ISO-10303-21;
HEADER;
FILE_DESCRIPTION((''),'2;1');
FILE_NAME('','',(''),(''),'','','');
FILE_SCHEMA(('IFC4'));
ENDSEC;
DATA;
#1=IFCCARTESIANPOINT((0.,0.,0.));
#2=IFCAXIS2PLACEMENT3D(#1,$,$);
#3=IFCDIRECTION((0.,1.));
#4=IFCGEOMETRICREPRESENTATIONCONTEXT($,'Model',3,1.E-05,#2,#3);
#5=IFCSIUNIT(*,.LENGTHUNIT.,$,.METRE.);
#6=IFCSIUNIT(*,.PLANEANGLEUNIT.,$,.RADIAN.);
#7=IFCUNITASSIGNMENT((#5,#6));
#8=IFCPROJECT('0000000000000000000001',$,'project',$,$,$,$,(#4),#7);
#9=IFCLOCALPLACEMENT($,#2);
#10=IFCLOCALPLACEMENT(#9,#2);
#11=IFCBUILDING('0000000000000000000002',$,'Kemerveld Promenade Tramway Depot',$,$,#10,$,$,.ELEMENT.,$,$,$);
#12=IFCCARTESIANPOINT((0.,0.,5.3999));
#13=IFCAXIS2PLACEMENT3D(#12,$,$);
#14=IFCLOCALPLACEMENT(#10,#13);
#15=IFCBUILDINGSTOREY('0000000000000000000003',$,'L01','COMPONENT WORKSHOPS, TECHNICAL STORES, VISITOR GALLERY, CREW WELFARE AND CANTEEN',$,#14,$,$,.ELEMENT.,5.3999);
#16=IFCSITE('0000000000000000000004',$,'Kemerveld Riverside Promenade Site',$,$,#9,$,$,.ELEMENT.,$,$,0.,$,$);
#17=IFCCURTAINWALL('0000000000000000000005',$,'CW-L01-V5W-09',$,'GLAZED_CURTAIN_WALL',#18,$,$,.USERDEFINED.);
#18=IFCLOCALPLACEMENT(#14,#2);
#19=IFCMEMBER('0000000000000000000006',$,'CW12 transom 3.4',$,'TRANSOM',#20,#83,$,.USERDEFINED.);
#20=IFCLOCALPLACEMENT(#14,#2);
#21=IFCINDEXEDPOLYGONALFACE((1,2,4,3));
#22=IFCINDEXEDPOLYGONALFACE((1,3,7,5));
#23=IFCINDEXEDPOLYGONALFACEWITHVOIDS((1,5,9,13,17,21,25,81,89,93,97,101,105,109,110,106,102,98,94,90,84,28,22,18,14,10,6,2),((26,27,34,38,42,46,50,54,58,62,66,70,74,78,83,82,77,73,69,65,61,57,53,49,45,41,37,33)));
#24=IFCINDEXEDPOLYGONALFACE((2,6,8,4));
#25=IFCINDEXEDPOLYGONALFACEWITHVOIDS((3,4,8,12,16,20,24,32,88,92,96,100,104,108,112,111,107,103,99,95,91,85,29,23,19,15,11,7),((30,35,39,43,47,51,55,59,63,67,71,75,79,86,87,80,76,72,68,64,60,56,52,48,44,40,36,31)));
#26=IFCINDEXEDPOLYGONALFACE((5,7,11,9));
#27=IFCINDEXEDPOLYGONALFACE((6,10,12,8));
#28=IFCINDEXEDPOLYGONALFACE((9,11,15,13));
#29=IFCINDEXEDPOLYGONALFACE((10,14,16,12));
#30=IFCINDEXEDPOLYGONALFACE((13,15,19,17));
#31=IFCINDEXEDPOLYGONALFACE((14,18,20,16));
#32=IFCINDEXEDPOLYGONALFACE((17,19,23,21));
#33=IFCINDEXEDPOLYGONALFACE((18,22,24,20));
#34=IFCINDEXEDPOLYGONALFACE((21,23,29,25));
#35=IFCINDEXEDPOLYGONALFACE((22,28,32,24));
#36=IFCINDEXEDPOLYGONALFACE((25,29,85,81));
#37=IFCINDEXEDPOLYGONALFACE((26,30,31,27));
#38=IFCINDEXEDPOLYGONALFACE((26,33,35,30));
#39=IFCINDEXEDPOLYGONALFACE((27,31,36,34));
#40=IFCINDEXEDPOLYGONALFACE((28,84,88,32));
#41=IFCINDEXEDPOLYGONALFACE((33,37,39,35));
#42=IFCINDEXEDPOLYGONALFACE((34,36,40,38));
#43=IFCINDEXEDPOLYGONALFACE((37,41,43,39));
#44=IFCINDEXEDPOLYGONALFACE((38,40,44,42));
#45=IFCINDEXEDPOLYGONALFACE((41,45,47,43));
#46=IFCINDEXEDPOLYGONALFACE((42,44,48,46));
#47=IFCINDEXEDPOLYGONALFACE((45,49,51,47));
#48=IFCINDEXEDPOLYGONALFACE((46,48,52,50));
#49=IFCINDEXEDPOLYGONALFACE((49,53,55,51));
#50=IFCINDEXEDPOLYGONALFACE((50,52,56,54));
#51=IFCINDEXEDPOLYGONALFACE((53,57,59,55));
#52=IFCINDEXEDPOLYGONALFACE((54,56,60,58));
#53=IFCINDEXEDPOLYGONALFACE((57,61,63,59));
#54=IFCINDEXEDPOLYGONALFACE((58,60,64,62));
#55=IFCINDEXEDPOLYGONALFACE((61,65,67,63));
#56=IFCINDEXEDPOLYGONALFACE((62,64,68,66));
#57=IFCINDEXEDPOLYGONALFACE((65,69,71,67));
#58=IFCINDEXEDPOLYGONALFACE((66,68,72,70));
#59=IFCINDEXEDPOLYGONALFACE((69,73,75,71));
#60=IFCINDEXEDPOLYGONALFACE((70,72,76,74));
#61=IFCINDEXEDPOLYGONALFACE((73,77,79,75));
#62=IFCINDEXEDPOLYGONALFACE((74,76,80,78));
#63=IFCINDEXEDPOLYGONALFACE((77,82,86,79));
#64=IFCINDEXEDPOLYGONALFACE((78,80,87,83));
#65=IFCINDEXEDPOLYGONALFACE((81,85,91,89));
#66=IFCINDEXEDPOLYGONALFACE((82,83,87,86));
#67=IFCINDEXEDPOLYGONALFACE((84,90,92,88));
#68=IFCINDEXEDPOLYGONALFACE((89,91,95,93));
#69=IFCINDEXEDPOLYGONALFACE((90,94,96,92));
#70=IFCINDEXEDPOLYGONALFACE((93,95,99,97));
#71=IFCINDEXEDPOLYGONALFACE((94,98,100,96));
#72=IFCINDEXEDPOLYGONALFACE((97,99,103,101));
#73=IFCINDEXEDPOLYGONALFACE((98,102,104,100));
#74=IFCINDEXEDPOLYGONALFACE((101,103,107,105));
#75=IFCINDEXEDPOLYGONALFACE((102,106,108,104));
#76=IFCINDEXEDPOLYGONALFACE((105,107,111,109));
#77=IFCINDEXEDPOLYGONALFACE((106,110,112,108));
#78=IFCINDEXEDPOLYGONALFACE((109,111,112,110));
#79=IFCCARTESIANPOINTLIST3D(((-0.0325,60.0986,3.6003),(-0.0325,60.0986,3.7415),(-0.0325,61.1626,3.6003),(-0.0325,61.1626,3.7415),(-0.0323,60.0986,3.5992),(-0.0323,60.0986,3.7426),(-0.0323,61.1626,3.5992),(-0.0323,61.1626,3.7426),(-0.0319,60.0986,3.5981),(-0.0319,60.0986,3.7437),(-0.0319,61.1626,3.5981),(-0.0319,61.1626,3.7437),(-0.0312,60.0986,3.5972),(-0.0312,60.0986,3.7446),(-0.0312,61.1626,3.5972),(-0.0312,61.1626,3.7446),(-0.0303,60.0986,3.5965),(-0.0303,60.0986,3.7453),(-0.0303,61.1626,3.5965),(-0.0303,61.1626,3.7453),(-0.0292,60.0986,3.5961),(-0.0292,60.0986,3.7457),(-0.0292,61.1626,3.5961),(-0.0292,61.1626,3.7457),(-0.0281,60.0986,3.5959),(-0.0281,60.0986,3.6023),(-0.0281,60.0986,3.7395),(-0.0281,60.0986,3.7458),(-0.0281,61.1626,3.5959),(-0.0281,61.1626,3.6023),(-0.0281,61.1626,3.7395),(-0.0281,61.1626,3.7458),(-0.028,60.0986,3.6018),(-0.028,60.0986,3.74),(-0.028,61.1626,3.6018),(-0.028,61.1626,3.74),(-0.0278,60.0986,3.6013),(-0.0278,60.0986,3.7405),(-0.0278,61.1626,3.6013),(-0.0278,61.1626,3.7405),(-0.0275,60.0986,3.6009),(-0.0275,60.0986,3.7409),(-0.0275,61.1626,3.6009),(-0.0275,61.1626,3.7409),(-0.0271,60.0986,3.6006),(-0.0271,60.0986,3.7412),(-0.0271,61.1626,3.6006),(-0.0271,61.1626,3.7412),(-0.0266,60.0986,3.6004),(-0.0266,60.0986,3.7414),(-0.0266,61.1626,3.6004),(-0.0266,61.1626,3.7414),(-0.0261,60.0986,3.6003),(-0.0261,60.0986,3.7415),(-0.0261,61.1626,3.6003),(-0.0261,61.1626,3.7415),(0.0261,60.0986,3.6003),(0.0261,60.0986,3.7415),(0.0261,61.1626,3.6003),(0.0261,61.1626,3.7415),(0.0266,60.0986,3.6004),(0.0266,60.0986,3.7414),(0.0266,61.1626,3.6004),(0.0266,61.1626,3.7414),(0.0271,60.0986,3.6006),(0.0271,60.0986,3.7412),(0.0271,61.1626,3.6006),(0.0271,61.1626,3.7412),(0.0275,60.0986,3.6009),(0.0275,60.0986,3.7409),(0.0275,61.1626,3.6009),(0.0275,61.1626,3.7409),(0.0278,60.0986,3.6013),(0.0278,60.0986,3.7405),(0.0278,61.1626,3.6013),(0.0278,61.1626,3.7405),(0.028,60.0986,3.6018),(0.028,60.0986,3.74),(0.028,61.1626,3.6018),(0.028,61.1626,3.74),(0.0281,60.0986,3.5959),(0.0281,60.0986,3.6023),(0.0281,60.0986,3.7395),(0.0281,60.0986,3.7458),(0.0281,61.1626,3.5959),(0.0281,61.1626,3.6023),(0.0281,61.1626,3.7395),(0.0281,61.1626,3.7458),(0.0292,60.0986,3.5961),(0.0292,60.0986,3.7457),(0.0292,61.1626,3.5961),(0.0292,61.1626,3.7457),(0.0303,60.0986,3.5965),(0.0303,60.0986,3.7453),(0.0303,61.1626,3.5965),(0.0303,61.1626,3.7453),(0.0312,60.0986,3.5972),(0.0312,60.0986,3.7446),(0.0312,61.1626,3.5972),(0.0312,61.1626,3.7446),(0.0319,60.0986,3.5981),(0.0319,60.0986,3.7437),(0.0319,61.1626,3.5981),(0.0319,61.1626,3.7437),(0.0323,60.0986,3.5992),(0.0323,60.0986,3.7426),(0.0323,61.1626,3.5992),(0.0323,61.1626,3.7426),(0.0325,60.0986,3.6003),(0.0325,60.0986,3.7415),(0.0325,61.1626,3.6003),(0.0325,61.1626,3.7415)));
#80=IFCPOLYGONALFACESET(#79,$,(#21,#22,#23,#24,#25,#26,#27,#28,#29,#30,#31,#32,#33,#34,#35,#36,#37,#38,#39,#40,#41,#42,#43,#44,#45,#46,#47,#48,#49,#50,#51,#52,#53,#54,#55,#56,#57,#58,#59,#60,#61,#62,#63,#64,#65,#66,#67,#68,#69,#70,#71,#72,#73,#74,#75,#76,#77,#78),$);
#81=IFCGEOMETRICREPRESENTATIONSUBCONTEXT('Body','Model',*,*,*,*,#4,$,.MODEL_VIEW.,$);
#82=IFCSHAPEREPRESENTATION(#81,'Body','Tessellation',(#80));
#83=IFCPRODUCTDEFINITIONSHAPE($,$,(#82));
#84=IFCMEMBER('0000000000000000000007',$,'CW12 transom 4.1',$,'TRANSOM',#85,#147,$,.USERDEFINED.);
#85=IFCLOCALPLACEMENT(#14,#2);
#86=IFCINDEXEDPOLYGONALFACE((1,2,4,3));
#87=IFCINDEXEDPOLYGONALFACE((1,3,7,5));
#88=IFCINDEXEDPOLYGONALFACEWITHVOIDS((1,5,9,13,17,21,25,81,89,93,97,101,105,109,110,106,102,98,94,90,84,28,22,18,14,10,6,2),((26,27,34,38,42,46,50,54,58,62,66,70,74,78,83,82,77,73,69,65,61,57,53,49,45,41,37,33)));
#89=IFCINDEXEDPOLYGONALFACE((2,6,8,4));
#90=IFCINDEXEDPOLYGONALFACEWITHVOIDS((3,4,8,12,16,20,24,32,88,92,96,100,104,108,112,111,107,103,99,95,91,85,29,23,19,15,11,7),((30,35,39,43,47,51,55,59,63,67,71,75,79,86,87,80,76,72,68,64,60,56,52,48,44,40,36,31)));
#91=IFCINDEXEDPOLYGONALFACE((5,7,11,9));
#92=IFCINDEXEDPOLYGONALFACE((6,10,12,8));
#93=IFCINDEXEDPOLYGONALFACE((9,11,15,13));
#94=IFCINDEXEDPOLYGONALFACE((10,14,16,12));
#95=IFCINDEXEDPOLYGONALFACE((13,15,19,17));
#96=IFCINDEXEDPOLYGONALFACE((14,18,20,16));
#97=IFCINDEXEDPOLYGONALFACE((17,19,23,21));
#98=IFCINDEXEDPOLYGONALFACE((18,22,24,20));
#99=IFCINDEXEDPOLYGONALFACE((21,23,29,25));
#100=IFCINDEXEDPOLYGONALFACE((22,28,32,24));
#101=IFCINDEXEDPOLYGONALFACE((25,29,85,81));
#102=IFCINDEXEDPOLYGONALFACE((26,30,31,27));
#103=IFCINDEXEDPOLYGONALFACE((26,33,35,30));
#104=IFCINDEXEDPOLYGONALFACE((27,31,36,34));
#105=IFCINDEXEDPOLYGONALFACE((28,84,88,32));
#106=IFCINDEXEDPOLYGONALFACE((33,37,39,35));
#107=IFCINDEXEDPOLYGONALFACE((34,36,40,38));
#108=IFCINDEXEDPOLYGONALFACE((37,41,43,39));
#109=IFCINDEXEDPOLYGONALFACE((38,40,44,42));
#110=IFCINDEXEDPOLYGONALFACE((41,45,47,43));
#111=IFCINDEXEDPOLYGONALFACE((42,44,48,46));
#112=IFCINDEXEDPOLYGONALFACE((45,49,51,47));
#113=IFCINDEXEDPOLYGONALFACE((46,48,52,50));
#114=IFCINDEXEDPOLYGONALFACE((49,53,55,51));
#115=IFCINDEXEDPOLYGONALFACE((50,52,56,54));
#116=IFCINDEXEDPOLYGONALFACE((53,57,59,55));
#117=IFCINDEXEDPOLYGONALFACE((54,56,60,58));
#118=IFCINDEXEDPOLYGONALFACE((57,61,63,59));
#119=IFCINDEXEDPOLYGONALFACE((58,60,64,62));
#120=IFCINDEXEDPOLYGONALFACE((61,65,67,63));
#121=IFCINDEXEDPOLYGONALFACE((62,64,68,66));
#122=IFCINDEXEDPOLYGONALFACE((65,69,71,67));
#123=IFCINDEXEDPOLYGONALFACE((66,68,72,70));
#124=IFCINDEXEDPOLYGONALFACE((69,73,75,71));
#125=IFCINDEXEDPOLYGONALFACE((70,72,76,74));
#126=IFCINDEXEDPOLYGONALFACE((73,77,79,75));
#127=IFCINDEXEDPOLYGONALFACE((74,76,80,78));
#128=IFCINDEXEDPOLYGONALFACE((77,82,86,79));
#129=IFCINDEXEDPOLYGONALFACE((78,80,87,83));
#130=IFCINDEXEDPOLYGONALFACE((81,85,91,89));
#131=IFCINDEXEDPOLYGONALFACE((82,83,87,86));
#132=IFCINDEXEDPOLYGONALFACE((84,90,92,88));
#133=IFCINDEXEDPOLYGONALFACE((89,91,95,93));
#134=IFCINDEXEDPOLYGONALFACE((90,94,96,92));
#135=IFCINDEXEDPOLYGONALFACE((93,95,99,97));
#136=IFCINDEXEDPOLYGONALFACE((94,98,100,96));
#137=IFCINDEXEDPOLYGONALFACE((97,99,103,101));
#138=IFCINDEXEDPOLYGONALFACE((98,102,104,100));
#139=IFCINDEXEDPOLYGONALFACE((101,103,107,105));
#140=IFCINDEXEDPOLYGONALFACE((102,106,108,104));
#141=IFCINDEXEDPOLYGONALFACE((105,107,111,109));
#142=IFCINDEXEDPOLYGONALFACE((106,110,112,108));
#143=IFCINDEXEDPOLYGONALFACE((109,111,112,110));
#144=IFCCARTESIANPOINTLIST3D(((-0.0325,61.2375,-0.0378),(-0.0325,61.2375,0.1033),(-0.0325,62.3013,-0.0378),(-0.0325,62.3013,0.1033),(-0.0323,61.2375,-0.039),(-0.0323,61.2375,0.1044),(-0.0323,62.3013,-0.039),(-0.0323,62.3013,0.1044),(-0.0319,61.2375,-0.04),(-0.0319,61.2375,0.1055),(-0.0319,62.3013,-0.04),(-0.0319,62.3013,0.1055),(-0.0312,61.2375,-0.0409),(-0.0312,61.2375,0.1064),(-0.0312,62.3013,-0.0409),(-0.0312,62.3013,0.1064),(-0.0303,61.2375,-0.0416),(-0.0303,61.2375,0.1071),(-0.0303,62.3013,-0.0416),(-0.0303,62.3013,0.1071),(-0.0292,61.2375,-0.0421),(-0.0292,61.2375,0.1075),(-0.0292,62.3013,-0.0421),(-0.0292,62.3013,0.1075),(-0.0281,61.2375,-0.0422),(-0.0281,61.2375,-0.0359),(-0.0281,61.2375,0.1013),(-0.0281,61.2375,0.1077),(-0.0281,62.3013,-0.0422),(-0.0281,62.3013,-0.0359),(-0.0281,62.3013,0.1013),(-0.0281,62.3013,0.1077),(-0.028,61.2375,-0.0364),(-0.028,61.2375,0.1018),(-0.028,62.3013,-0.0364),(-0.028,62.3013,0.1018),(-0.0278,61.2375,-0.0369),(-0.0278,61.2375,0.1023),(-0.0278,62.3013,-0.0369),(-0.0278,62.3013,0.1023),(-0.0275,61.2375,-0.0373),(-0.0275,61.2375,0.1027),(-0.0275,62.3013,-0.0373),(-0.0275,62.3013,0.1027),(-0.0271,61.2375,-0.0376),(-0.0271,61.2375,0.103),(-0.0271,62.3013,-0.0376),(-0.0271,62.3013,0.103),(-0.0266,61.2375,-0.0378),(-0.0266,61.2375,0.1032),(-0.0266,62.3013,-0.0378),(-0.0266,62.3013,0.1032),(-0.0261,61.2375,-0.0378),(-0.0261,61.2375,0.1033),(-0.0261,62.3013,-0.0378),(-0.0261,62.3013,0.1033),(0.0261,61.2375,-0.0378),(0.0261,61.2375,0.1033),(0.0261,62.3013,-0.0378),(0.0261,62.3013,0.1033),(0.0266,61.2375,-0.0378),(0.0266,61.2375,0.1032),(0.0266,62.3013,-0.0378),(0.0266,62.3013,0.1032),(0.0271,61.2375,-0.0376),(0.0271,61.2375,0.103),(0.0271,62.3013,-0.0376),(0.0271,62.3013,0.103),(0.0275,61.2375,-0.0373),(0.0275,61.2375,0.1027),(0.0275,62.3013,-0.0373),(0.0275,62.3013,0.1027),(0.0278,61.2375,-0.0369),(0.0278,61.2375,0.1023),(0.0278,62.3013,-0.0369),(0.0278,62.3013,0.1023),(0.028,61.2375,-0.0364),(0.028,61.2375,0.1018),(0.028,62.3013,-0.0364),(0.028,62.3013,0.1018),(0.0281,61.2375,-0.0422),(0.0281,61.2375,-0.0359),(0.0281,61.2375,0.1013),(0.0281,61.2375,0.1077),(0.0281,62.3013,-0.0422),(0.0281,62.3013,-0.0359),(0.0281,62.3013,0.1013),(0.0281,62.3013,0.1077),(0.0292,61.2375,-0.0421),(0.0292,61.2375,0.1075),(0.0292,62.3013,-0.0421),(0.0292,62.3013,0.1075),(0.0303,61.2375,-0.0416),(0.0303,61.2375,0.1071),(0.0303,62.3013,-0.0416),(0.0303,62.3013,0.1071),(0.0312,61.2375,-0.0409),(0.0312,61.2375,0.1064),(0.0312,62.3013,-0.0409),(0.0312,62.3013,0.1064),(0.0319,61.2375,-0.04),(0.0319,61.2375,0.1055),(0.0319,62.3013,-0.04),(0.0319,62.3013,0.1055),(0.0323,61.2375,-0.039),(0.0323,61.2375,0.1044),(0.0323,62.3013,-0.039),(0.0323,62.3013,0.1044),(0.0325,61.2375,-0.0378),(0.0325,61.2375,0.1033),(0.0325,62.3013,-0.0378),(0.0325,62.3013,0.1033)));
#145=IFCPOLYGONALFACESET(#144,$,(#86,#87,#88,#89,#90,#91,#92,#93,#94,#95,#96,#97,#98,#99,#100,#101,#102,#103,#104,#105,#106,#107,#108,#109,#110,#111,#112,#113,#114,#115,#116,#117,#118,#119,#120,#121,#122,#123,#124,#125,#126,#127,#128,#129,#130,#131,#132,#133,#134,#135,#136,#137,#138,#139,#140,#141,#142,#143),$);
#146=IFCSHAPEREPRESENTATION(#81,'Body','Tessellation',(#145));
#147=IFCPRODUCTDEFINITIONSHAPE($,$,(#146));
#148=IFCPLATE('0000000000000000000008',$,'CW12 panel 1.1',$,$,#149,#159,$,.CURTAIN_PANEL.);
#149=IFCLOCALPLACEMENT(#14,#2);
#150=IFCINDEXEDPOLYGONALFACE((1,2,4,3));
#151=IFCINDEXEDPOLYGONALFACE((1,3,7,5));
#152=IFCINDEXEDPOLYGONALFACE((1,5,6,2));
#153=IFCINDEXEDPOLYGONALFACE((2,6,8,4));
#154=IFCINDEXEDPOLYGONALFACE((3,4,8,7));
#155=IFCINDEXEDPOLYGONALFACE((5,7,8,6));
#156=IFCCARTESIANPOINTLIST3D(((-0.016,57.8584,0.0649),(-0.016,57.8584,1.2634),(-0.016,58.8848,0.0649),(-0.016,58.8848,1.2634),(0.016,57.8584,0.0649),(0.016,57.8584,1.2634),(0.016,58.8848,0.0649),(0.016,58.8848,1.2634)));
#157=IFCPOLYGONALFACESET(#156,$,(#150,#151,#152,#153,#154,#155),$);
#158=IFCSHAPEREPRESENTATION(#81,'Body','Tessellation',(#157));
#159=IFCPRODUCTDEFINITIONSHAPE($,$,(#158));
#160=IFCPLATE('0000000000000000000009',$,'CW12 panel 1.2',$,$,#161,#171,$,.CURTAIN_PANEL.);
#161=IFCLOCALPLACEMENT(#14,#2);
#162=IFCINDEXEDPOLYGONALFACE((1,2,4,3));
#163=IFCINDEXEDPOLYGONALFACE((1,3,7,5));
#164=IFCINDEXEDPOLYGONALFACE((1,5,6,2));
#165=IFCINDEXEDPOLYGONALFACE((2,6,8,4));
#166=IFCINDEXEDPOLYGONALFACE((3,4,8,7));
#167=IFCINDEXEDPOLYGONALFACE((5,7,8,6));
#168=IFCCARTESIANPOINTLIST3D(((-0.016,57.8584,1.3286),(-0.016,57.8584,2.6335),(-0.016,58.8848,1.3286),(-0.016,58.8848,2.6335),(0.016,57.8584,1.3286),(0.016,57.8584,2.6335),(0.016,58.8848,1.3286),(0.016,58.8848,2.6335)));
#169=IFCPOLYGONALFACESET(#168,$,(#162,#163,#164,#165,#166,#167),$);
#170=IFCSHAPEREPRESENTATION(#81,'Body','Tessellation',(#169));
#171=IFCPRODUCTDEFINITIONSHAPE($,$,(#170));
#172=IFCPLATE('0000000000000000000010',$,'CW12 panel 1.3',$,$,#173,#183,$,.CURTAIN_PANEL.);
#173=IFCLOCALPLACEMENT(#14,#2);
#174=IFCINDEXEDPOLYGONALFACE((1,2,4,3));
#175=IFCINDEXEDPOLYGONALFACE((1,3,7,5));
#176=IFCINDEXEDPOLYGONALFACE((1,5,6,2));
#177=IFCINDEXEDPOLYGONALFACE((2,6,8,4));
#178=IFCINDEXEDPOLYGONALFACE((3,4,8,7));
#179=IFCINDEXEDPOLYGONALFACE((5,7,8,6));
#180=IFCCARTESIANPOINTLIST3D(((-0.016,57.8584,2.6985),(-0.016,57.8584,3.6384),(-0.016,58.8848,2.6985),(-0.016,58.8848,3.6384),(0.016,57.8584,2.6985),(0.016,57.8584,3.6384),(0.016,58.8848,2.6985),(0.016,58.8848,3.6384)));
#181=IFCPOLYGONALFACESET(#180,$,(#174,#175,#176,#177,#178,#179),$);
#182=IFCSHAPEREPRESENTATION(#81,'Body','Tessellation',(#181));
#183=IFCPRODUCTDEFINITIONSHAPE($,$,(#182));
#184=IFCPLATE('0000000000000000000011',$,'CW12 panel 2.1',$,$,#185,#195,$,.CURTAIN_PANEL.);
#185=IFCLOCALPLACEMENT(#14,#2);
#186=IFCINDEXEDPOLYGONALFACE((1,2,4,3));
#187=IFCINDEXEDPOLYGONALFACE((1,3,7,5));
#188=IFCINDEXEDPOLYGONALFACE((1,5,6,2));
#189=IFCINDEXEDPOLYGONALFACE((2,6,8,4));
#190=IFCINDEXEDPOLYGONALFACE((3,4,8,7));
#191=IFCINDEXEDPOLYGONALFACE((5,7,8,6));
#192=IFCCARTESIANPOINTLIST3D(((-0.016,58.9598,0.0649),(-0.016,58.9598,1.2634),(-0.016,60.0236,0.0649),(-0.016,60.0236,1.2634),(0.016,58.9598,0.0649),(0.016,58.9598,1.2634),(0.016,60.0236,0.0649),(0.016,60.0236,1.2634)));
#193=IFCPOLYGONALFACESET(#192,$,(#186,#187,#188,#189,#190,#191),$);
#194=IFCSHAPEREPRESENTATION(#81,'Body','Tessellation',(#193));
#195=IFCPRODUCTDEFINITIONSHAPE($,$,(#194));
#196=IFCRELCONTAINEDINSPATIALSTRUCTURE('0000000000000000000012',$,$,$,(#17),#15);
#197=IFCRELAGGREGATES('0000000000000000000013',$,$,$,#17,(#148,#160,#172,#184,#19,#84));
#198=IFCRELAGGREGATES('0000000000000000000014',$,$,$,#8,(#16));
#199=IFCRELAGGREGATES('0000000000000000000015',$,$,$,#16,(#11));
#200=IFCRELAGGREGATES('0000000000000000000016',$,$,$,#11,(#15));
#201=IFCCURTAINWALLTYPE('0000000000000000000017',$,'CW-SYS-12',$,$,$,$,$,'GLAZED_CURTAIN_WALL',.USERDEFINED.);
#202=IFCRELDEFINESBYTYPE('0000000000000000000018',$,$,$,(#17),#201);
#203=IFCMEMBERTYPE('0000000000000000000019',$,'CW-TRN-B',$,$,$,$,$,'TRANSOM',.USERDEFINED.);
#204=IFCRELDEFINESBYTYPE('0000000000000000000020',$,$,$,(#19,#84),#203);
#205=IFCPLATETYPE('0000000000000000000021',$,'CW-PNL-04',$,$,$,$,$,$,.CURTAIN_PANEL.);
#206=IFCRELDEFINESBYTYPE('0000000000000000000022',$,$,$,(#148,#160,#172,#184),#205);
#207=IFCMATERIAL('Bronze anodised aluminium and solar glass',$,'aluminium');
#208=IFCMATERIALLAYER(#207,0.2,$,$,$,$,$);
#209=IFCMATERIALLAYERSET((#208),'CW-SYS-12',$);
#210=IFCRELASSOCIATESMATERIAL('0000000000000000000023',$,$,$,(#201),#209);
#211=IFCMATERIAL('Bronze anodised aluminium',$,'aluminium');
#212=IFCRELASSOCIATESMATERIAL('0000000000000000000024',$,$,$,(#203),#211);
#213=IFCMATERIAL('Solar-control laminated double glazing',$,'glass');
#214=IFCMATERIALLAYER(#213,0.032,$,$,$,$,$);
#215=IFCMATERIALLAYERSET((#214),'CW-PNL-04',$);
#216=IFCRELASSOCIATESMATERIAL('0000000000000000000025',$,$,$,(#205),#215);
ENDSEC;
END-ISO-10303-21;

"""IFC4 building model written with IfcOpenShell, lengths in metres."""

from ifc_helpers import new_model, si_unit, direction, frame, origin, origin_2d, place, context, subcontext, project, spatial, rectangle, hollow_rectangle, extrude, material, layer, layer_set, material_profile, profile_set, type_object, element, aggregate, save


model = new_model("IFC4")

# Units and contexts
model_context = context("Model", 3, precision=1e-05, world=origin(), true_north=direction((0.0, 1.0)))
body_context = subcontext(model_context, "Body", "Model", "MODEL_VIEW")
ifc_project = project(units=[si_unit("LENGTHUNIT", "METRE"), si_unit("PLANEANGLEUNIT", "RADIAN")], contexts=[model_context])

# Site, building, storey
site_placement = place(None, origin())
site = spatial("IfcSite", under=ifc_project, at=site_placement, Name="Kemerveld Riverside Promenade Site", CompositionType="ELEMENT", RefElevation=0.0)
building_placement = place(site_placement, origin())
building = spatial("IfcBuilding", under=site, at=building_placement, Name="Kemerveld Promenade Tramway Depot", CompositionType="ELEMENT")
storey_placement = place(building_placement, frame((0.0, 0.0, 5.3999)))
storey = spatial("IfcBuildingStorey", under=building, at=storey_placement, Name="L01", Description="COMPONENT WORKSHOPS, TECHNICAL STORES, VISITOR GALLERY, CREW WELFARE AND CANTEEN", CompositionType="ELEMENT", Elevation=5.3999)

# Curtain wall, members, plates
ifc_material_1 = material(Name="Bronze anodised aluminium and solar glass", Category="aluminium")
ifc_layer_1 = layer(ifc_material_1, 0.2)
ifc_layer_set_1 = layer_set([ifc_layer_1], Name="CW-SYS-12")
curtain_wall_type = type_object("IfcCurtainWallType", Name="CW-SYS-12", ElementType="GLAZED_CURTAIN_WALL", PredefinedType="USERDEFINED", material=ifc_layer_set_1)
curtain_wall_placement = place(storey_placement, origin())
curtain_wall = element("IfcCurtainWall", 1, at=curtain_wall_placement, inside=storey, type_object=curtain_wall_type, Name="CW-L01-V5W-09", ObjectType="GLAZED_CURTAIN_WALL", PredefinedType="USERDEFINED")
ifc_material_2 = material(Name="Bronze anodised aluminium", Category="aluminium")
ifc_material_profile_1 = material_profile(ifc_material_2, hollow_rectangle(XDim=0.0649, YDim=0.1499, WallThickness=0.0044, InnerFilletRadius=0.002, OuterFilletRadius=0.0044, at=origin_2d()), Name="CW-TRN-150x65")
ifc_profile_set_1 = profile_set([ifc_material_profile_1], Name="Bronze anodised aluminium")
member_type_1 = type_object("IfcMemberType", Name="CW-TRN-B", ElementType="TRANSOM", PredefinedType="USERDEFINED", material=ifc_profile_set_1)
member_1_placement = place(storey_placement, frame((0.0, 60.0986, 3.6709), z_axis=(0.0, 1.0, 0.0), x_axis=(-1.0, 0.0, 0.0)))
member_1 = element("IfcMember", 2, at=member_1_placement, type_object=member_type_1, Name="CW12 transom 3.4", ObjectType="TRANSOM", PredefinedType="USERDEFINED", context=body_context, shape_type="SweptSolid", body=[
    extrude(hollow_rectangle(XDim=0.0649, YDim=0.1499, WallThickness=0.0044, InnerFilletRadius=0.002, OuterFilletRadius=0.0044, at=origin_2d()), origin(), (0.0, 0.0, 1.0), 1.064),
])
member_2_placement = place(storey_placement, frame((0.0, 61.2375, 0.0327), z_axis=(0.0, 1.0, 0.0), x_axis=(-1.0, 0.0, 0.0)))
member_2 = element("IfcMember", 3, at=member_2_placement, type_object=member_type_1, Name="CW12 transom 4.1", ObjectType="TRANSOM", PredefinedType="USERDEFINED", context=body_context, shape_type="SweptSolid", body=[
    extrude(hollow_rectangle(XDim=0.0649, YDim=0.1499, WallThickness=0.0044, InnerFilletRadius=0.002, OuterFilletRadius=0.0044, at=origin_2d()), origin(), (0.0, 0.0, 1.0), 1.0637),
])
ifc_material_3 = material(Name="Solar-control laminated double glazing", Category="glass")
ifc_layer_2 = layer(ifc_material_3, 0.032)
ifc_layer_set_2 = layer_set([ifc_layer_2], Name="CW-PNL-04")
plate_type = type_object("IfcPlateType", Name="CW-PNL-04", PredefinedType="CURTAIN_PANEL", material=ifc_layer_set_2)
plate_1_placement = place(storey_placement, frame((0.0, 58.3716, 0.0649), z_axis=(0.0, 0.0, 1.0), x_axis=(0.0, 1.0, 0.0)))
plate_1 = element("IfcPlate", 4, at=plate_1_placement, type_object=plate_type, Name="CW12 panel 1.1", PredefinedType="CURTAIN_PANEL", context=body_context, shape_type="SweptSolid", body=[
    extrude(rectangle(XDim=1.0264, YDim=0.032, at=origin_2d()), origin(), (0.0, 0.0, 1.0), 1.1985),
])
plate_2_placement = place(storey_placement, frame((0.0, 58.3716, 1.3286), z_axis=(0.0, 0.0, 1.0), x_axis=(0.0, 1.0, 0.0)))
plate_2 = element("IfcPlate", 5, at=plate_2_placement, type_object=plate_type, Name="CW12 panel 1.2", PredefinedType="CURTAIN_PANEL", context=body_context, shape_type="SweptSolid", body=[
    extrude(rectangle(XDim=1.0264, YDim=0.032, at=origin_2d()), origin(), (0.0, 0.0, 1.0), 1.3049),
])
plate_3_placement = place(storey_placement, frame((0.0, 58.3716, 2.6985), z_axis=(0.0, 0.0, 1.0), x_axis=(0.0, 1.0, 0.0)))
plate_3 = element("IfcPlate", 6, at=plate_3_placement, type_object=plate_type, Name="CW12 panel 1.3", PredefinedType="CURTAIN_PANEL", context=body_context, shape_type="SweptSolid", body=[
    extrude(rectangle(XDim=1.0264, YDim=0.032, at=origin_2d()), origin(), (0.0, 0.0, 1.0), 0.9399),
])
plate_4_placement = place(storey_placement, frame((0.0, 59.4917, 0.0649), z_axis=(0.0, 0.0, 1.0), x_axis=(0.0, 1.0, 0.0)))
plate_4 = element("IfcPlate", 7, at=plate_4_placement, type_object=plate_type, Name="CW12 panel 2.1", PredefinedType="CURTAIN_PANEL", context=body_context, shape_type="SweptSolid", body=[
    extrude(rectangle(XDim=1.0637, YDim=0.032, at=origin_2d()), origin(), (0.0, 0.0, 1.0), 1.1985),
])
aggregate(curtain_wall, [plate_1, plate_2, plate_3, plate_4, member_1, member_2])

save(model, "model.ifc")
